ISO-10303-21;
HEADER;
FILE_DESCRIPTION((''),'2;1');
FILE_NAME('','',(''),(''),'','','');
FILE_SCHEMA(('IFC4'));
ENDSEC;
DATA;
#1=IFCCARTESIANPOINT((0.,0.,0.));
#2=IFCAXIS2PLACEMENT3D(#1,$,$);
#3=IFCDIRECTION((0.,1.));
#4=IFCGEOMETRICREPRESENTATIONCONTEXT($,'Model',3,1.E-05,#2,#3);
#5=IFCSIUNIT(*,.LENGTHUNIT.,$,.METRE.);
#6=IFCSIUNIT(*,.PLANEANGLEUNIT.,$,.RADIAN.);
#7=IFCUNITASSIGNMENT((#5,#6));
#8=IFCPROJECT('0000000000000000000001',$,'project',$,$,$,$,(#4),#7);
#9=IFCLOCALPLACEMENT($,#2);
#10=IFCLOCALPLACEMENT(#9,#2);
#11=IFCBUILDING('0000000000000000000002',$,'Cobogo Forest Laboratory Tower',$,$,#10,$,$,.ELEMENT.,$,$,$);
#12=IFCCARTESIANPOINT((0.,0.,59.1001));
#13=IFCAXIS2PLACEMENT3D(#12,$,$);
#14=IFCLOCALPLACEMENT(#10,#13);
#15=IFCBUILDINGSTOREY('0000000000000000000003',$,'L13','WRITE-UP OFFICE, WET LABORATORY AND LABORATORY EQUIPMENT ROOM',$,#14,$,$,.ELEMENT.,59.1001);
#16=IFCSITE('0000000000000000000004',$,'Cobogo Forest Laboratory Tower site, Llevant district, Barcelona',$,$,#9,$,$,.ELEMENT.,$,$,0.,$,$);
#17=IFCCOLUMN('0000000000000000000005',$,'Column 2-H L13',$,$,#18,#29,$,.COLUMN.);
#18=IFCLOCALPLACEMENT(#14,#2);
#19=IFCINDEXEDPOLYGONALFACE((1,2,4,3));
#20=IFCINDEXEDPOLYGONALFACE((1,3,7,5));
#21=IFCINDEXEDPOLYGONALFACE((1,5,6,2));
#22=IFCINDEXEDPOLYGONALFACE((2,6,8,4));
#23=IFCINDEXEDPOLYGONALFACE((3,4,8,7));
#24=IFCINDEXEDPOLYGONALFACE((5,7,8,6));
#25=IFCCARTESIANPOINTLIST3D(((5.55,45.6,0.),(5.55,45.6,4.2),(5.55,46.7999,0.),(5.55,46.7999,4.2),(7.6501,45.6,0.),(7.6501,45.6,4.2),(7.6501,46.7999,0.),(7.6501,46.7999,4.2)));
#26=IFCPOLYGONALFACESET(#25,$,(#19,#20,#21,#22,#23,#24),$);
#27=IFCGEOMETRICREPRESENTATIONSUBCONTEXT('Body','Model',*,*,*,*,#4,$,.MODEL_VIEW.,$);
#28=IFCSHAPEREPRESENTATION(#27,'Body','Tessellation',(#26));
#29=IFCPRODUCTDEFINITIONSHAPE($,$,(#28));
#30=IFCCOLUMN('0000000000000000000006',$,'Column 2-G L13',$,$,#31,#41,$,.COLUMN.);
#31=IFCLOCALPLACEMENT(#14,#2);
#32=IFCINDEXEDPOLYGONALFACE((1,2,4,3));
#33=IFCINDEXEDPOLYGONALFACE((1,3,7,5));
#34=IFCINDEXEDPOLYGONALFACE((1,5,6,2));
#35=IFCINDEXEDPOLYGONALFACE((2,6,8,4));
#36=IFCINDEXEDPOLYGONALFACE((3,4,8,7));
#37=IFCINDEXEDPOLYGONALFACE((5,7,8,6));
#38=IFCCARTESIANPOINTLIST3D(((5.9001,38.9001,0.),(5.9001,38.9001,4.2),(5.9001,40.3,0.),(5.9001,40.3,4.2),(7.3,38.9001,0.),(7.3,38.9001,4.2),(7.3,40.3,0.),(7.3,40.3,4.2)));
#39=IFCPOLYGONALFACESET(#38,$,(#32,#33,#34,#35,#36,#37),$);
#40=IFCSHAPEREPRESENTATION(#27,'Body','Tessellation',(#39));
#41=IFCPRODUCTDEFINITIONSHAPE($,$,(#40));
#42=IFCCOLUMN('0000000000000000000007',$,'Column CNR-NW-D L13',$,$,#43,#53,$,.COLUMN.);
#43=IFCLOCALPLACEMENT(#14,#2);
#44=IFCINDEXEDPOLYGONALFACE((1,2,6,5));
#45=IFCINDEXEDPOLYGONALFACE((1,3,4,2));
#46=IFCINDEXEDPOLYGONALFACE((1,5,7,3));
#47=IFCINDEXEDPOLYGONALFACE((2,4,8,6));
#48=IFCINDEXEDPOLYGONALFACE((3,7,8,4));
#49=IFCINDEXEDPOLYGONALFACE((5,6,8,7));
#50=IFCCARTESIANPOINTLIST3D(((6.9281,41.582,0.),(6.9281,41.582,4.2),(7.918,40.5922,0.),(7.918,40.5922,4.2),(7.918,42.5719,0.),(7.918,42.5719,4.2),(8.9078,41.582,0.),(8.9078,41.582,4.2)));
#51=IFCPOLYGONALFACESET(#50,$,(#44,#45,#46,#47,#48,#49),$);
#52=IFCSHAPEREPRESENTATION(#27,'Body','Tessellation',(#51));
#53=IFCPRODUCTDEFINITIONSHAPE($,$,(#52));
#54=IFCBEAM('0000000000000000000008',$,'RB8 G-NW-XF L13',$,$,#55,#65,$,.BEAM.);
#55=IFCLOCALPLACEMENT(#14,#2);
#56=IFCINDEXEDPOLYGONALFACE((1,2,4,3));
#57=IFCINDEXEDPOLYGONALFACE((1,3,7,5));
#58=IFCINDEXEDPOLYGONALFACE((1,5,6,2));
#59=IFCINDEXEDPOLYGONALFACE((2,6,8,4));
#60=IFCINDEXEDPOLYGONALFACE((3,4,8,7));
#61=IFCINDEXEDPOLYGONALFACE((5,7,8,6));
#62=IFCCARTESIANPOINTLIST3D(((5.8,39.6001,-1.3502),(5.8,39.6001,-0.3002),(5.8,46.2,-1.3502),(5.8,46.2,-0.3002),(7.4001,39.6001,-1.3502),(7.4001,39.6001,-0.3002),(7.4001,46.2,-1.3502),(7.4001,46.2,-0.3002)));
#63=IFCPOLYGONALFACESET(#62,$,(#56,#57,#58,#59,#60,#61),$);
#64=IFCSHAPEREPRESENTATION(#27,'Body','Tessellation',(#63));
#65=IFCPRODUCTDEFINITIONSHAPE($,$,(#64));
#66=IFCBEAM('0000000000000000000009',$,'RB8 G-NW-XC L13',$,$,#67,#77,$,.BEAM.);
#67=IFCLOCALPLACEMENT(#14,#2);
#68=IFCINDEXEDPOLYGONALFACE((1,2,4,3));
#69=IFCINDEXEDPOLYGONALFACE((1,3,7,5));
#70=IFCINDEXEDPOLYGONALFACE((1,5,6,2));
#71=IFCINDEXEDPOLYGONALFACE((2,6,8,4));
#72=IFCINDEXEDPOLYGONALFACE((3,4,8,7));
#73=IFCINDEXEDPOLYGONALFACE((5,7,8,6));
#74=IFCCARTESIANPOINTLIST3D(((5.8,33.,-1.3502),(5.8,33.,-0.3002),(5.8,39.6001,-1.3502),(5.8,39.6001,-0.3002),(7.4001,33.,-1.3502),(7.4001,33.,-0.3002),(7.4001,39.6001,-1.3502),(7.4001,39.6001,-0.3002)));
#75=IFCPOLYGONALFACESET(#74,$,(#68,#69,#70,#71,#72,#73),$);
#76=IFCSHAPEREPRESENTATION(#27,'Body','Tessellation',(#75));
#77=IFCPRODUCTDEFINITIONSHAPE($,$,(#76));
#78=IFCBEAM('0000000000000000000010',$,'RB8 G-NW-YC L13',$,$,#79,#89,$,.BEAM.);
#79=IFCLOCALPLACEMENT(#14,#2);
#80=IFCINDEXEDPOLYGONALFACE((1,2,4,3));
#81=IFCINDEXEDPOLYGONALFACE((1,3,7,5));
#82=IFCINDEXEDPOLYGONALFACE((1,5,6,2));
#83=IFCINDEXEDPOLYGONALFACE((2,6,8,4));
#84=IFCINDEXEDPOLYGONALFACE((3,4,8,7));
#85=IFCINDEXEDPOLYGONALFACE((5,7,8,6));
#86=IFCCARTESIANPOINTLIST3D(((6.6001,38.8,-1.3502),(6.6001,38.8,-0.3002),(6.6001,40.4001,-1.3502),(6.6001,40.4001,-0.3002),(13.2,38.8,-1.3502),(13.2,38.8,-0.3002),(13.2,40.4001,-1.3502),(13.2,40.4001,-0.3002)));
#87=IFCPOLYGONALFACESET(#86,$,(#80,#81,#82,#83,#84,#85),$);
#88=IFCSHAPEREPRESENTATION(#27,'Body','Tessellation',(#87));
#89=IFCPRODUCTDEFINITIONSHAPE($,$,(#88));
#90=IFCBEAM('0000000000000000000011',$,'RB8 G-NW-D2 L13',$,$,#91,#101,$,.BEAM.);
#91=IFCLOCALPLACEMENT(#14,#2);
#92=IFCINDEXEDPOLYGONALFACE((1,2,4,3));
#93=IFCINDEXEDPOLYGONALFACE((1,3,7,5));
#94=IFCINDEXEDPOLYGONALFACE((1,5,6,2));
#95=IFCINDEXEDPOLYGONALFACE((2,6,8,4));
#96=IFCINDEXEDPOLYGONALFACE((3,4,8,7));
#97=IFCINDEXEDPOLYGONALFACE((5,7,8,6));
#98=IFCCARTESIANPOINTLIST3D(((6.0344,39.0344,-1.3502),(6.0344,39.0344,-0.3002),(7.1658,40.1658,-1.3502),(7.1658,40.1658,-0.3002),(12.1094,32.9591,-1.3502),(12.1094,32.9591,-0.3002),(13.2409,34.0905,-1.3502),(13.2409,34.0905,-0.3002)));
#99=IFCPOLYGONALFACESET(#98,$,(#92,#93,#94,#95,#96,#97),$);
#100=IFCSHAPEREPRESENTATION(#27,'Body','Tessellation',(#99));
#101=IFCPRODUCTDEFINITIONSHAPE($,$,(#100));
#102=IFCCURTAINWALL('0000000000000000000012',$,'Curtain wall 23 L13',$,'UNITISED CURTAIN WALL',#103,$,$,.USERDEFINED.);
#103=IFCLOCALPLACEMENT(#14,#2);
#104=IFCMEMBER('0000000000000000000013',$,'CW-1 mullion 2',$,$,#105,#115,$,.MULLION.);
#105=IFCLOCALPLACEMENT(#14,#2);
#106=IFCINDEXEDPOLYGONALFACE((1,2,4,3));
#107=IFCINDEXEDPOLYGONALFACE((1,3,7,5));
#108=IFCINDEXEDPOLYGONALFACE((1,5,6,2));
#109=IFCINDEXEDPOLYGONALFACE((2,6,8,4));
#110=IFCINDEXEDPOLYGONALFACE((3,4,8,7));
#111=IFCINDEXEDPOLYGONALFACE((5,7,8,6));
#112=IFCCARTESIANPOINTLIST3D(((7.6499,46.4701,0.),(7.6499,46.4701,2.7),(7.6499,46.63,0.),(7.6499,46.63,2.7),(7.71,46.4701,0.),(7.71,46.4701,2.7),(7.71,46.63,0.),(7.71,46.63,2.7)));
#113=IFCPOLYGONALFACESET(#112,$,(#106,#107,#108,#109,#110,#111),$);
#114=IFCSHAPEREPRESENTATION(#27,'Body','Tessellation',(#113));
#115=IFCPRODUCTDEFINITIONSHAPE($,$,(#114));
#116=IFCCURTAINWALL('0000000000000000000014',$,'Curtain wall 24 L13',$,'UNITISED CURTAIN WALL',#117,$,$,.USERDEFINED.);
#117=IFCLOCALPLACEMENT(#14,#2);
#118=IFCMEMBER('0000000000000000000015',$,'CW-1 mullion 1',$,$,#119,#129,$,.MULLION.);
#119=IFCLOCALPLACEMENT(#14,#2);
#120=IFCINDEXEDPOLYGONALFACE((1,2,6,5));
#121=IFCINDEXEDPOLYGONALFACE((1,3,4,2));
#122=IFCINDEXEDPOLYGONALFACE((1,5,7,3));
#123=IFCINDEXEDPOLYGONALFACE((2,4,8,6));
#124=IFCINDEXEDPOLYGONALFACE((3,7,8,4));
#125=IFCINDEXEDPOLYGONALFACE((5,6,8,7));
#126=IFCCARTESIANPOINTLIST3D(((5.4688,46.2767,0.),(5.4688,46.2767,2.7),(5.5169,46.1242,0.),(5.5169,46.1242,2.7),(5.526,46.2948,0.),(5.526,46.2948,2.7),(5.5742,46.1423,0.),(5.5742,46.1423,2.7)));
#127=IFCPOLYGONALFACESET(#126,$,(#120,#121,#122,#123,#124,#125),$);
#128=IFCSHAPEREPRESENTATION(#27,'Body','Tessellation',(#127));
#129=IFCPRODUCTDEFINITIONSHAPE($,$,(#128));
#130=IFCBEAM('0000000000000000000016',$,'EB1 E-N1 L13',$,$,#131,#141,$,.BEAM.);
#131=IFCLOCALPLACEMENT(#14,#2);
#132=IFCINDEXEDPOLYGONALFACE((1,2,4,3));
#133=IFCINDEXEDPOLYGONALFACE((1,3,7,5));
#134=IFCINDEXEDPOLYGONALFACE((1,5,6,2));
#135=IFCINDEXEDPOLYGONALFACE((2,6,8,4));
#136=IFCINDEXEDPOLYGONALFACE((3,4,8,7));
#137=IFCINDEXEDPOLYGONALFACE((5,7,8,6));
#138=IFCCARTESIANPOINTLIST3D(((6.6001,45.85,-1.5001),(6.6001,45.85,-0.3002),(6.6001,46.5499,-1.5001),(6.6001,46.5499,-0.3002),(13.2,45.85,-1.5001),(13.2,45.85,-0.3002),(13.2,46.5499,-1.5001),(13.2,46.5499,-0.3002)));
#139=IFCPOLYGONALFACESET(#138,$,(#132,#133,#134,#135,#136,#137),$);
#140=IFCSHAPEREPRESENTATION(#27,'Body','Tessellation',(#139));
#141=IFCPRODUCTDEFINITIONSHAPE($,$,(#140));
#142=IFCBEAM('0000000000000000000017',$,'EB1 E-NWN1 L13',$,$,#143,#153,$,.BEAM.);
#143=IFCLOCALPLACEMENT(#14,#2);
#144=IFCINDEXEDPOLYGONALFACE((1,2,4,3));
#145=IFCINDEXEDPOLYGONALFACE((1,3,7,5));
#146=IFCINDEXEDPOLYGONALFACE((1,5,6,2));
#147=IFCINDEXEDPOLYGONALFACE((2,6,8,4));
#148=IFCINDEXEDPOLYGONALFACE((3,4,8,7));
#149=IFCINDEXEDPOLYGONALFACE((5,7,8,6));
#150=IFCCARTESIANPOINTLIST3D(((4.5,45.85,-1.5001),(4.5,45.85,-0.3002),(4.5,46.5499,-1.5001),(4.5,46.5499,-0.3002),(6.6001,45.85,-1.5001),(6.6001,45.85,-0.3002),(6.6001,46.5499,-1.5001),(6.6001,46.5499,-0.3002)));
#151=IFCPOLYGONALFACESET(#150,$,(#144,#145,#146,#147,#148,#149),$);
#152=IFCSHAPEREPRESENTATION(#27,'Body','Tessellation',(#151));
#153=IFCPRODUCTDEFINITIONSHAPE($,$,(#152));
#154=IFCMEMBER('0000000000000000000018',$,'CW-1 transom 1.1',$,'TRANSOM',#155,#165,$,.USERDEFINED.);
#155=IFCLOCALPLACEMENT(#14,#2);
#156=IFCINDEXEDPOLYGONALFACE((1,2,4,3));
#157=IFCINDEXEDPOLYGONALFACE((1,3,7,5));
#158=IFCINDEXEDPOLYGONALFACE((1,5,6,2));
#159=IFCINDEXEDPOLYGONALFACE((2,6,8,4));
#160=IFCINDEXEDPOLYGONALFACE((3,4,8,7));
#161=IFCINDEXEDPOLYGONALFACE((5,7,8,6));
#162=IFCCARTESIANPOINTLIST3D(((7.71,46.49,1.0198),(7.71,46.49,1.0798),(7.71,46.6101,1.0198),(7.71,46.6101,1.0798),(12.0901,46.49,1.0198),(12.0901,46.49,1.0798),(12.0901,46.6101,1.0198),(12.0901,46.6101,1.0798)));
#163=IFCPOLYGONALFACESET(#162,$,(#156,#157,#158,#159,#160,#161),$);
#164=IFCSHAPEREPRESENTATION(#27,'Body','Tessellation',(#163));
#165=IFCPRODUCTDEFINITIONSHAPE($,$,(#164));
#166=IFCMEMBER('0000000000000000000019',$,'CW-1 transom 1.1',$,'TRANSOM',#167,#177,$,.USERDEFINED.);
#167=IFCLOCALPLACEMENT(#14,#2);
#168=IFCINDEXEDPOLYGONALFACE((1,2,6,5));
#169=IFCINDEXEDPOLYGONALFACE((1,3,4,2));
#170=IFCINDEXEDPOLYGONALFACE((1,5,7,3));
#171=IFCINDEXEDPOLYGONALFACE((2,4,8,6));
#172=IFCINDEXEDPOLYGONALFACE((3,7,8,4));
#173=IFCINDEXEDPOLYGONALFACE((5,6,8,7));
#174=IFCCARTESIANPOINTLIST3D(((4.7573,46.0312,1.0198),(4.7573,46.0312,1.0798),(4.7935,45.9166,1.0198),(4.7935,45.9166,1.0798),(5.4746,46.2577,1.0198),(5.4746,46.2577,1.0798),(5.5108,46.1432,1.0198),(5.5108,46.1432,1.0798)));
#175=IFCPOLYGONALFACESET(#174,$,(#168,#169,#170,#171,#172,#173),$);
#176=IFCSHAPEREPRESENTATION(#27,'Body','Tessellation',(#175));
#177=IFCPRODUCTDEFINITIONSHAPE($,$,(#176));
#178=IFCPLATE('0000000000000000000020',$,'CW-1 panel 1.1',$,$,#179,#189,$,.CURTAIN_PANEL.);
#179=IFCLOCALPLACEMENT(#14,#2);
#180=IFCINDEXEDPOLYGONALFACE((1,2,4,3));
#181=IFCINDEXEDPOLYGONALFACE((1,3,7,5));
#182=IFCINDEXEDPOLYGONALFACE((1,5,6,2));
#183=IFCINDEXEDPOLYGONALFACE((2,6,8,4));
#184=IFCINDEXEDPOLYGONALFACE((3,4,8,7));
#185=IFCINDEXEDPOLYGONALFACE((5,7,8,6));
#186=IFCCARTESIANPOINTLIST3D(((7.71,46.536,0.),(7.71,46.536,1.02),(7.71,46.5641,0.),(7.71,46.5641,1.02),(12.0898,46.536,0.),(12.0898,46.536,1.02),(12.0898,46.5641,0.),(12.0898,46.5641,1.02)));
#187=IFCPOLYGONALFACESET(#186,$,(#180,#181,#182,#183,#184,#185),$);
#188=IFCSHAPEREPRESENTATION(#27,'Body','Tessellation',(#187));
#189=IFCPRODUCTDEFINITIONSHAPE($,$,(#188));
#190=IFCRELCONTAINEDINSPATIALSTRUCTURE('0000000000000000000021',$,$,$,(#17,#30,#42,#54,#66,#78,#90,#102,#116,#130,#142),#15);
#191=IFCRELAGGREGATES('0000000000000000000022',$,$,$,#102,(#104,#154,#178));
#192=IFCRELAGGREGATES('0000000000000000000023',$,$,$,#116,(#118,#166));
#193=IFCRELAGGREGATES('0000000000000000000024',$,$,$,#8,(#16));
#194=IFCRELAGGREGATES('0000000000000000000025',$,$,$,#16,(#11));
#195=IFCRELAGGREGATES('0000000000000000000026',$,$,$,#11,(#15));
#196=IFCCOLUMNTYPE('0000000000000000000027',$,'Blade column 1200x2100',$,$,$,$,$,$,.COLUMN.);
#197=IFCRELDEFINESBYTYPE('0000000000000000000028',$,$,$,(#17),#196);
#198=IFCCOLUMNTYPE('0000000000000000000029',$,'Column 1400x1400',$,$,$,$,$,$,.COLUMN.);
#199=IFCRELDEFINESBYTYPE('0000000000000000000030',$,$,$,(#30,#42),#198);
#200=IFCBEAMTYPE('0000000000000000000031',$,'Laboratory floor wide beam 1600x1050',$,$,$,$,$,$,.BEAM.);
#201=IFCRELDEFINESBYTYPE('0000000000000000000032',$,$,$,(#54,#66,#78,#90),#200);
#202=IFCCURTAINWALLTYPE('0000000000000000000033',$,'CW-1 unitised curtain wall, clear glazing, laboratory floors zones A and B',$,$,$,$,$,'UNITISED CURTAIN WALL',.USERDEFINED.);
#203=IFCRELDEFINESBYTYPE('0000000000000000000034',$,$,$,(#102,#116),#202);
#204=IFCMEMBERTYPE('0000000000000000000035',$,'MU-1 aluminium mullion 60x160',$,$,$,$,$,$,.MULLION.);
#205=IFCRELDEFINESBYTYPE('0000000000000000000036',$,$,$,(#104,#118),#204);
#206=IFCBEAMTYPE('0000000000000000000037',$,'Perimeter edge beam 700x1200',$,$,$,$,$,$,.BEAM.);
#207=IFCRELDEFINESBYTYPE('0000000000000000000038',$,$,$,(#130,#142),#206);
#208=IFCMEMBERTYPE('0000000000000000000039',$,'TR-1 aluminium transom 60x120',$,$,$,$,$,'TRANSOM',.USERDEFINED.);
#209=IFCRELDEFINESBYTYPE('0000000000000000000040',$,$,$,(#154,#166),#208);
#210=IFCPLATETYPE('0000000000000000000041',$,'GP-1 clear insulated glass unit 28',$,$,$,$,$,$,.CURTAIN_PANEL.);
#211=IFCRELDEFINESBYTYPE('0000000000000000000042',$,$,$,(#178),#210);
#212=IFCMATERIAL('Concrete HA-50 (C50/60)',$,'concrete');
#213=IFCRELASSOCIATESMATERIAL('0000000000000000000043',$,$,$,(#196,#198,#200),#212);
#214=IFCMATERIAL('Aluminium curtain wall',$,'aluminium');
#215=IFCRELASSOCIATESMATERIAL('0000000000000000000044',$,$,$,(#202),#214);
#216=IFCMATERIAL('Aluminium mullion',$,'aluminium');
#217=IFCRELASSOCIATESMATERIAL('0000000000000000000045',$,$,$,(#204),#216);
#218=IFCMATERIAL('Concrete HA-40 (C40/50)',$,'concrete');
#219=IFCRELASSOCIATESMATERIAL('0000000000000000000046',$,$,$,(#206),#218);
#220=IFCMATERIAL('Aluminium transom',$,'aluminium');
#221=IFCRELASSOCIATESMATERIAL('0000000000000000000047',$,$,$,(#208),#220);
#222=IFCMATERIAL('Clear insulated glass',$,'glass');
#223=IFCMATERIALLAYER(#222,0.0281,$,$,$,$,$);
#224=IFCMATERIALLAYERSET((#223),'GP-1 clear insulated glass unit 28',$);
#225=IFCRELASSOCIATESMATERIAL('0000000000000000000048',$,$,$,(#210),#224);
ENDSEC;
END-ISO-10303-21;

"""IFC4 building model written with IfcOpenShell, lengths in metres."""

from ifc_helpers import new_model, si_unit, direction, frame, origin, origin_2d, place, context, subcontext, project, spatial, rectangle, extrude, material, layer, layer_set, material_profile, profile_set, type_object, element, aggregate, save


model = new_model("IFC4")

# Units and contexts
model_context = context("Model", 3, precision=1e-05, world=origin(), true_north=direction((0.0, 1.0)))
body_context = subcontext(model_context, "Body", "Model", "MODEL_VIEW")
ifc_project = project(units=[si_unit("LENGTHUNIT", "METRE"), si_unit("PLANEANGLEUNIT", "RADIAN")], contexts=[model_context])

# Site, building, storey
site_placement = place(None, origin())
site = spatial("IfcSite", under=ifc_project, at=site_placement, Name="Cobogo Forest Laboratory Tower site, Llevant district, Barcelona", CompositionType="ELEMENT", RefElevation=0.0)
building_placement = place(site_placement, origin())
building = spatial("IfcBuilding", under=site, at=building_placement, Name="Cobogo Forest Laboratory Tower", CompositionType="ELEMENT")
storey_placement = place(building_placement, frame((0.0, 0.0, 59.1001)))
storey = spatial("IfcBuildingStorey", under=building, at=storey_placement, Name="L13", Description="WRITE-UP OFFICE, WET LABORATORY AND LABORATORY EQUIPMENT ROOM", CompositionType="ELEMENT", Elevation=59.1001)

# Columns
ifc_material_1 = material(Name="Concrete HA-50 (C50/60)", Category="concrete")
ifc_material_profile_1 = material_profile(ifc_material_1, rectangle(XDim=2.1001, YDim=1.2, at=origin_2d()), Name="RC 1200x2100")
ifc_profile_set_1 = profile_set([ifc_material_profile_1], Name="Concrete HA-50 (C50/60)")
column_type_1 = type_object("IfcColumnType", Name="Blade column 1200x2100", PredefinedType="COLUMN", material=ifc_profile_set_1)
column_placement = place(storey_placement, frame((6.6001, 46.2, 0.0), z_axis=(0.0, 0.0, 1.0), x_axis=(1.0, 0.0, 0.0)))
element("IfcColumn", 1, at=column_placement, inside=storey, type_object=column_type_1, Name="Column 2-H L13", PredefinedType="COLUMN", context=body_context, shape_type="SweptSolid", body=[
    extrude(rectangle(XDim=2.1001, YDim=1.2, at=origin_2d()), origin(), (0.0, 0.0, 1.0), 4.2),
])
ifc_material_profile_2 = material_profile(ifc_material_1, rectangle(XDim=1.3999, YDim=1.3999, at=origin_2d()), Name="RC 1400x1400")
ifc_profile_set_2 = profile_set([ifc_material_profile_2], Name="Concrete HA-50 (C50/60)")
column_type_2 = type_object("IfcColumnType", Name="Column 1400x1400", PredefinedType="COLUMN", material=ifc_profile_set_2)
for number, where, z_axis, x_axis, name in (
    (2, (6.6001, 39.6001, 0.0), (0.0, 0.0, 1.0), (1.0, 0.0, 0.0), "Column 2-G L13"),
    (3, (7.918, 41.582, 0.0), (0.0, 0.0, 1.0), (0.707107, 0.707107, 0.0), "Column CNR-NW-D L13"),
):
    element("IfcColumn", number, at=place(storey_placement, frame(where, z_axis=z_axis, x_axis=x_axis)), inside=storey, type_object=column_type_2, Name=name, PredefinedType="COLUMN", context=body_context, shape_type="SweptSolid", body=[
        extrude(rectangle(XDim=1.3999, YDim=1.3999, at=origin_2d()), origin(), (0.0, 0.0, 1.0), 4.2),
    ])

# Beams
ifc_material_profile_3 = material_profile(ifc_material_1, rectangle(XDim=1.6001, YDim=1.05, at=origin_2d()), Name="RC 1600x1050")
ifc_profile_set_3 = profile_set([ifc_material_profile_3], Name="Concrete HA-50 (C50/60)")
beam_type_1 = type_object("IfcBeamType", Name="Laboratory floor wide beam 1600x1050", PredefinedType="BEAM", material=ifc_profile_set_3)
beam_1_placement = place(storey_placement, frame((6.6001, 46.2, -0.8252), z_axis=(0.0, -1.0, 0.0), x_axis=(1.0, 0.0, 0.0)))
element("IfcBeam", 4, at=beam_1_placement, inside=storey, type_object=beam_type_1, Name="RB8 G-NW-XF L13", PredefinedType="BEAM", context=body_context, shape_type="SweptSolid", body=[
    extrude(rectangle(XDim=1.6001, YDim=1.05, at=origin_2d()), origin(), (0.0, 0.0, 1.0), 6.5999),
])
beam_2_placement = place(storey_placement, frame((6.6001, 39.6001, -0.8252), z_axis=(0.0, -1.0, 0.0), x_axis=(1.0, 0.0, 0.0)))
element("IfcBeam", 5, at=beam_2_placement, inside=storey, type_object=beam_type_1, Name="RB8 G-NW-XC L13", PredefinedType="BEAM", context=body_context, shape_type="SweptSolid", body=[
    extrude(rectangle(XDim=1.6001, YDim=1.05, at=origin_2d()), origin(), (0.0, 0.0, 1.0), 6.6001),
])
beam_3_placement = place(storey_placement, frame((6.6001, 39.6001, -0.8252), z_axis=(1.0, 0.0, 0.0), x_axis=(0.0, 1.0, 0.0)))
element("IfcBeam", 6, at=beam_3_placement, inside=storey, type_object=beam_type_1, Name="RB8 G-NW-YC L13", PredefinedType="BEAM", context=body_context, shape_type="SweptSolid", body=[
    extrude(rectangle(XDim=1.6001, YDim=1.05, at=origin_2d()), origin(), (0.0, 0.0, 1.0), 6.5999),
])
beam_4_placement = place(storey_placement, frame((6.6001, 39.6001, -0.8252), z_axis=(0.707093, -0.707121, 0.0), x_axis=(0.707121, 0.707093, 0.0)))
element("IfcBeam", 7, at=beam_4_placement, inside=storey, type_object=beam_type_1, Name="RB8 G-NW-D2 L13", PredefinedType="BEAM", context=body_context, shape_type="SweptSolid", body=[
    extrude(rectangle(XDim=1.6001, YDim=1.05, at=origin_2d()), origin(), (0.0, 0.0, 1.0), 8.5916),
])

# Curtain walls, members
ifc_material_2 = material(Name="Aluminium curtain wall", Category="aluminium")
curtain_wall_type = type_object("IfcCurtainWallType", Name="CW-1 unitised curtain wall, clear glazing, laboratory floors zones A and B", ElementType="UNITISED CURTAIN WALL", PredefinedType="USERDEFINED", material=ifc_material_2)
curtain_wall_1_placement = place(storey_placement, origin())
curtain_wall_1 = element("IfcCurtainWall", 8, at=curtain_wall_1_placement, inside=storey, type_object=curtain_wall_type, Name="Curtain wall 23 L13", ObjectType="UNITISED CURTAIN WALL", PredefinedType="USERDEFINED")
ifc_material_3 = material(Name="Aluminium mullion", Category="aluminium")
ifc_material_profile_4 = material_profile(ifc_material_3, rectangle(XDim=0.0601, YDim=0.1599, at=origin_2d()), Name="AL 60x160")
ifc_profile_set_4 = profile_set([ifc_material_profile_4], Name="Aluminium mullion")
member_type_1 = type_object("IfcMemberType", Name="MU-1 aluminium mullion 60x160", PredefinedType="MULLION", material=ifc_profile_set_4)
member_1_placement = place(storey_placement, frame((7.6799, 46.55, 0.0), z_axis=(0.0, 0.0, 1.0), x_axis=(-1.0, 0.0, 0.0)))
member_1 = element("IfcMember", 9, at=member_1_placement, type_object=member_type_1, Name="CW-1 mullion 2", PredefinedType="MULLION", context=body_context, shape_type="SweptSolid", body=[
    extrude(rectangle(XDim=0.0601, YDim=0.1599, at=origin_2d()), origin(), (0.0, 0.0, 1.0), 2.7),
])
curtain_wall_2_placement = place(storey_placement, origin())
curtain_wall_2 = element("IfcCurtainWall", 10, at=curtain_wall_2_placement, inside=storey, type_object=curtain_wall_type, Name="Curtain wall 24 L13", ObjectType="UNITISED CURTAIN WALL", PredefinedType="USERDEFINED")
member_2_placement = place(storey_placement, frame((5.5215, 46.2095, 0.0), z_axis=(0.0, 0.0, 1.0), x_axis=(-0.953582, -0.301135, 0.0)))
member_2 = element("IfcMember", 11, at=member_2_placement, type_object=member_type_1, Name="CW-1 mullion 1", PredefinedType="MULLION", context=body_context, shape_type="SweptSolid", body=[
    extrude(rectangle(XDim=0.0601, YDim=0.1599, at=origin_2d()), origin(), (0.0, 0.0, 1.0), 2.7),
])

# Beams
ifc_material_4 = material(Name="Concrete HA-40 (C40/50)", Category="concrete")
ifc_material_profile_5 = material_profile(ifc_material_4, rectangle(XDim=0.7, YDim=1.2, at=origin_2d()), Name="RC 700x1200")
ifc_profile_set_5 = profile_set([ifc_material_profile_5], Name="Concrete HA-40 (C40/50)")
beam_type_2 = type_object("IfcBeamType", Name="Perimeter edge beam 700x1200", PredefinedType="BEAM", material=ifc_profile_set_5)
beam_5_placement = place(storey_placement, frame((6.6001, 46.2, -0.9001), z_axis=(1.0, 0.0, 0.0), x_axis=(0.0, 1.0, 0.0)))
element("IfcBeam", 12, at=beam_5_placement, inside=storey, type_object=beam_type_2, Name="EB1 E-N1 L13", PredefinedType="BEAM", context=body_context, shape_type="SweptSolid", body=[
    extrude(rectangle(XDim=0.7, YDim=1.2, at=origin_2d()), origin(), (0.0, 0.0, 1.0), 6.5999),
])
beam_6_placement = place(storey_placement, frame((6.6001, 46.2, -0.9001), z_axis=(-1.0, 0.0, 0.0), x_axis=(0.0, -1.0, 0.0)))
element("IfcBeam", 13, at=beam_6_placement, inside=storey, type_object=beam_type_2, Name="EB1 E-NWN1 L13", PredefinedType="BEAM", context=body_context, shape_type="SweptSolid", body=[
    extrude(rectangle(XDim=0.7, YDim=1.2, at=origin_2d()), origin(), (0.0, 0.0, 1.0), 2.1001),
])

# Members
ifc_material_5 = material(Name="Aluminium transom", Category="aluminium")
ifc_material_profile_6 = material_profile(ifc_material_5, rectangle(XDim=0.1201, YDim=0.0601, at=origin_2d()), Name="AL 60x120")
ifc_profile_set_6 = profile_set([ifc_material_profile_6], Name="Aluminium transom")
member_type_2 = type_object("IfcMemberType", Name="TR-1 aluminium transom 60x120", ElementType="TRANSOM", PredefinedType="USERDEFINED", material=ifc_profile_set_6)
member_3_placement = place(storey_placement, frame((12.0901, 46.55, 1.0498), z_axis=(-1.0, 0.0, 0.0), x_axis=(0.0, -1.0, 0.0)))
member_3 = element("IfcMember", 14, at=member_3_placement, type_object=member_type_2, Name="CW-1 transom 1.1", ObjectType="TRANSOM", PredefinedType="USERDEFINED", context=body_context, shape_type="SweptSolid", body=[
    extrude(rectangle(XDim=0.1201, YDim=0.0601, at=origin_2d()), origin(), (0.0, 0.0, 1.0), 4.3801),
])
member_4_placement = place(storey_placement, frame((5.4927, 46.2004, 1.0498), z_axis=(-0.953563, -0.301194, 0.0), x_axis=(0.301194, -0.953563, 0.0)))
member_4 = element("IfcMember", 15, at=member_4_placement, type_object=member_type_2, Name="CW-1 transom 1.1", ObjectType="TRANSOM", PredefinedType="USERDEFINED", context=body_context, shape_type="SweptSolid", body=[
    extrude(rectangle(XDim=0.1201, YDim=0.0601, at=origin_2d()), origin(), (0.0, 0.0, 1.0), 0.7522),
])

# Plate
ifc_material_6 = material(Name="Clear insulated glass", Category="glass")
ifc_layer_1 = layer(ifc_material_6, 0.0281)
ifc_layer_set_1 = layer_set([ifc_layer_1], Name="GP-1 clear insulated glass unit 28")
plate_type_1 = type_object("IfcPlateType", Name="GP-1 clear insulated glass unit 28", PredefinedType="CURTAIN_PANEL", material=ifc_layer_set_1)
plate_1_placement = place(storey_placement, frame((9.8999, 46.55, 0.0), z_axis=(0.0, 0.0, 1.0), x_axis=(-1.0, 0.0, 0.0)))
plate_1 = element("IfcPlate", 16, at=plate_1_placement, type_object=plate_type_1, Name="CW-1 panel 1.1", PredefinedType="CURTAIN_PANEL", context=body_context, shape_type="SweptSolid", body=[
    extrude(rectangle(XDim=4.3799, YDim=0.0281, at=origin_2d()), origin(), (0.0, 0.0, 1.0), 1.02),
])
aggregate(curtain_wall_1, [member_1, member_3, plate_1])
aggregate(curtain_wall_2, [member_2, member_4])

save(model, "model.ifc")
